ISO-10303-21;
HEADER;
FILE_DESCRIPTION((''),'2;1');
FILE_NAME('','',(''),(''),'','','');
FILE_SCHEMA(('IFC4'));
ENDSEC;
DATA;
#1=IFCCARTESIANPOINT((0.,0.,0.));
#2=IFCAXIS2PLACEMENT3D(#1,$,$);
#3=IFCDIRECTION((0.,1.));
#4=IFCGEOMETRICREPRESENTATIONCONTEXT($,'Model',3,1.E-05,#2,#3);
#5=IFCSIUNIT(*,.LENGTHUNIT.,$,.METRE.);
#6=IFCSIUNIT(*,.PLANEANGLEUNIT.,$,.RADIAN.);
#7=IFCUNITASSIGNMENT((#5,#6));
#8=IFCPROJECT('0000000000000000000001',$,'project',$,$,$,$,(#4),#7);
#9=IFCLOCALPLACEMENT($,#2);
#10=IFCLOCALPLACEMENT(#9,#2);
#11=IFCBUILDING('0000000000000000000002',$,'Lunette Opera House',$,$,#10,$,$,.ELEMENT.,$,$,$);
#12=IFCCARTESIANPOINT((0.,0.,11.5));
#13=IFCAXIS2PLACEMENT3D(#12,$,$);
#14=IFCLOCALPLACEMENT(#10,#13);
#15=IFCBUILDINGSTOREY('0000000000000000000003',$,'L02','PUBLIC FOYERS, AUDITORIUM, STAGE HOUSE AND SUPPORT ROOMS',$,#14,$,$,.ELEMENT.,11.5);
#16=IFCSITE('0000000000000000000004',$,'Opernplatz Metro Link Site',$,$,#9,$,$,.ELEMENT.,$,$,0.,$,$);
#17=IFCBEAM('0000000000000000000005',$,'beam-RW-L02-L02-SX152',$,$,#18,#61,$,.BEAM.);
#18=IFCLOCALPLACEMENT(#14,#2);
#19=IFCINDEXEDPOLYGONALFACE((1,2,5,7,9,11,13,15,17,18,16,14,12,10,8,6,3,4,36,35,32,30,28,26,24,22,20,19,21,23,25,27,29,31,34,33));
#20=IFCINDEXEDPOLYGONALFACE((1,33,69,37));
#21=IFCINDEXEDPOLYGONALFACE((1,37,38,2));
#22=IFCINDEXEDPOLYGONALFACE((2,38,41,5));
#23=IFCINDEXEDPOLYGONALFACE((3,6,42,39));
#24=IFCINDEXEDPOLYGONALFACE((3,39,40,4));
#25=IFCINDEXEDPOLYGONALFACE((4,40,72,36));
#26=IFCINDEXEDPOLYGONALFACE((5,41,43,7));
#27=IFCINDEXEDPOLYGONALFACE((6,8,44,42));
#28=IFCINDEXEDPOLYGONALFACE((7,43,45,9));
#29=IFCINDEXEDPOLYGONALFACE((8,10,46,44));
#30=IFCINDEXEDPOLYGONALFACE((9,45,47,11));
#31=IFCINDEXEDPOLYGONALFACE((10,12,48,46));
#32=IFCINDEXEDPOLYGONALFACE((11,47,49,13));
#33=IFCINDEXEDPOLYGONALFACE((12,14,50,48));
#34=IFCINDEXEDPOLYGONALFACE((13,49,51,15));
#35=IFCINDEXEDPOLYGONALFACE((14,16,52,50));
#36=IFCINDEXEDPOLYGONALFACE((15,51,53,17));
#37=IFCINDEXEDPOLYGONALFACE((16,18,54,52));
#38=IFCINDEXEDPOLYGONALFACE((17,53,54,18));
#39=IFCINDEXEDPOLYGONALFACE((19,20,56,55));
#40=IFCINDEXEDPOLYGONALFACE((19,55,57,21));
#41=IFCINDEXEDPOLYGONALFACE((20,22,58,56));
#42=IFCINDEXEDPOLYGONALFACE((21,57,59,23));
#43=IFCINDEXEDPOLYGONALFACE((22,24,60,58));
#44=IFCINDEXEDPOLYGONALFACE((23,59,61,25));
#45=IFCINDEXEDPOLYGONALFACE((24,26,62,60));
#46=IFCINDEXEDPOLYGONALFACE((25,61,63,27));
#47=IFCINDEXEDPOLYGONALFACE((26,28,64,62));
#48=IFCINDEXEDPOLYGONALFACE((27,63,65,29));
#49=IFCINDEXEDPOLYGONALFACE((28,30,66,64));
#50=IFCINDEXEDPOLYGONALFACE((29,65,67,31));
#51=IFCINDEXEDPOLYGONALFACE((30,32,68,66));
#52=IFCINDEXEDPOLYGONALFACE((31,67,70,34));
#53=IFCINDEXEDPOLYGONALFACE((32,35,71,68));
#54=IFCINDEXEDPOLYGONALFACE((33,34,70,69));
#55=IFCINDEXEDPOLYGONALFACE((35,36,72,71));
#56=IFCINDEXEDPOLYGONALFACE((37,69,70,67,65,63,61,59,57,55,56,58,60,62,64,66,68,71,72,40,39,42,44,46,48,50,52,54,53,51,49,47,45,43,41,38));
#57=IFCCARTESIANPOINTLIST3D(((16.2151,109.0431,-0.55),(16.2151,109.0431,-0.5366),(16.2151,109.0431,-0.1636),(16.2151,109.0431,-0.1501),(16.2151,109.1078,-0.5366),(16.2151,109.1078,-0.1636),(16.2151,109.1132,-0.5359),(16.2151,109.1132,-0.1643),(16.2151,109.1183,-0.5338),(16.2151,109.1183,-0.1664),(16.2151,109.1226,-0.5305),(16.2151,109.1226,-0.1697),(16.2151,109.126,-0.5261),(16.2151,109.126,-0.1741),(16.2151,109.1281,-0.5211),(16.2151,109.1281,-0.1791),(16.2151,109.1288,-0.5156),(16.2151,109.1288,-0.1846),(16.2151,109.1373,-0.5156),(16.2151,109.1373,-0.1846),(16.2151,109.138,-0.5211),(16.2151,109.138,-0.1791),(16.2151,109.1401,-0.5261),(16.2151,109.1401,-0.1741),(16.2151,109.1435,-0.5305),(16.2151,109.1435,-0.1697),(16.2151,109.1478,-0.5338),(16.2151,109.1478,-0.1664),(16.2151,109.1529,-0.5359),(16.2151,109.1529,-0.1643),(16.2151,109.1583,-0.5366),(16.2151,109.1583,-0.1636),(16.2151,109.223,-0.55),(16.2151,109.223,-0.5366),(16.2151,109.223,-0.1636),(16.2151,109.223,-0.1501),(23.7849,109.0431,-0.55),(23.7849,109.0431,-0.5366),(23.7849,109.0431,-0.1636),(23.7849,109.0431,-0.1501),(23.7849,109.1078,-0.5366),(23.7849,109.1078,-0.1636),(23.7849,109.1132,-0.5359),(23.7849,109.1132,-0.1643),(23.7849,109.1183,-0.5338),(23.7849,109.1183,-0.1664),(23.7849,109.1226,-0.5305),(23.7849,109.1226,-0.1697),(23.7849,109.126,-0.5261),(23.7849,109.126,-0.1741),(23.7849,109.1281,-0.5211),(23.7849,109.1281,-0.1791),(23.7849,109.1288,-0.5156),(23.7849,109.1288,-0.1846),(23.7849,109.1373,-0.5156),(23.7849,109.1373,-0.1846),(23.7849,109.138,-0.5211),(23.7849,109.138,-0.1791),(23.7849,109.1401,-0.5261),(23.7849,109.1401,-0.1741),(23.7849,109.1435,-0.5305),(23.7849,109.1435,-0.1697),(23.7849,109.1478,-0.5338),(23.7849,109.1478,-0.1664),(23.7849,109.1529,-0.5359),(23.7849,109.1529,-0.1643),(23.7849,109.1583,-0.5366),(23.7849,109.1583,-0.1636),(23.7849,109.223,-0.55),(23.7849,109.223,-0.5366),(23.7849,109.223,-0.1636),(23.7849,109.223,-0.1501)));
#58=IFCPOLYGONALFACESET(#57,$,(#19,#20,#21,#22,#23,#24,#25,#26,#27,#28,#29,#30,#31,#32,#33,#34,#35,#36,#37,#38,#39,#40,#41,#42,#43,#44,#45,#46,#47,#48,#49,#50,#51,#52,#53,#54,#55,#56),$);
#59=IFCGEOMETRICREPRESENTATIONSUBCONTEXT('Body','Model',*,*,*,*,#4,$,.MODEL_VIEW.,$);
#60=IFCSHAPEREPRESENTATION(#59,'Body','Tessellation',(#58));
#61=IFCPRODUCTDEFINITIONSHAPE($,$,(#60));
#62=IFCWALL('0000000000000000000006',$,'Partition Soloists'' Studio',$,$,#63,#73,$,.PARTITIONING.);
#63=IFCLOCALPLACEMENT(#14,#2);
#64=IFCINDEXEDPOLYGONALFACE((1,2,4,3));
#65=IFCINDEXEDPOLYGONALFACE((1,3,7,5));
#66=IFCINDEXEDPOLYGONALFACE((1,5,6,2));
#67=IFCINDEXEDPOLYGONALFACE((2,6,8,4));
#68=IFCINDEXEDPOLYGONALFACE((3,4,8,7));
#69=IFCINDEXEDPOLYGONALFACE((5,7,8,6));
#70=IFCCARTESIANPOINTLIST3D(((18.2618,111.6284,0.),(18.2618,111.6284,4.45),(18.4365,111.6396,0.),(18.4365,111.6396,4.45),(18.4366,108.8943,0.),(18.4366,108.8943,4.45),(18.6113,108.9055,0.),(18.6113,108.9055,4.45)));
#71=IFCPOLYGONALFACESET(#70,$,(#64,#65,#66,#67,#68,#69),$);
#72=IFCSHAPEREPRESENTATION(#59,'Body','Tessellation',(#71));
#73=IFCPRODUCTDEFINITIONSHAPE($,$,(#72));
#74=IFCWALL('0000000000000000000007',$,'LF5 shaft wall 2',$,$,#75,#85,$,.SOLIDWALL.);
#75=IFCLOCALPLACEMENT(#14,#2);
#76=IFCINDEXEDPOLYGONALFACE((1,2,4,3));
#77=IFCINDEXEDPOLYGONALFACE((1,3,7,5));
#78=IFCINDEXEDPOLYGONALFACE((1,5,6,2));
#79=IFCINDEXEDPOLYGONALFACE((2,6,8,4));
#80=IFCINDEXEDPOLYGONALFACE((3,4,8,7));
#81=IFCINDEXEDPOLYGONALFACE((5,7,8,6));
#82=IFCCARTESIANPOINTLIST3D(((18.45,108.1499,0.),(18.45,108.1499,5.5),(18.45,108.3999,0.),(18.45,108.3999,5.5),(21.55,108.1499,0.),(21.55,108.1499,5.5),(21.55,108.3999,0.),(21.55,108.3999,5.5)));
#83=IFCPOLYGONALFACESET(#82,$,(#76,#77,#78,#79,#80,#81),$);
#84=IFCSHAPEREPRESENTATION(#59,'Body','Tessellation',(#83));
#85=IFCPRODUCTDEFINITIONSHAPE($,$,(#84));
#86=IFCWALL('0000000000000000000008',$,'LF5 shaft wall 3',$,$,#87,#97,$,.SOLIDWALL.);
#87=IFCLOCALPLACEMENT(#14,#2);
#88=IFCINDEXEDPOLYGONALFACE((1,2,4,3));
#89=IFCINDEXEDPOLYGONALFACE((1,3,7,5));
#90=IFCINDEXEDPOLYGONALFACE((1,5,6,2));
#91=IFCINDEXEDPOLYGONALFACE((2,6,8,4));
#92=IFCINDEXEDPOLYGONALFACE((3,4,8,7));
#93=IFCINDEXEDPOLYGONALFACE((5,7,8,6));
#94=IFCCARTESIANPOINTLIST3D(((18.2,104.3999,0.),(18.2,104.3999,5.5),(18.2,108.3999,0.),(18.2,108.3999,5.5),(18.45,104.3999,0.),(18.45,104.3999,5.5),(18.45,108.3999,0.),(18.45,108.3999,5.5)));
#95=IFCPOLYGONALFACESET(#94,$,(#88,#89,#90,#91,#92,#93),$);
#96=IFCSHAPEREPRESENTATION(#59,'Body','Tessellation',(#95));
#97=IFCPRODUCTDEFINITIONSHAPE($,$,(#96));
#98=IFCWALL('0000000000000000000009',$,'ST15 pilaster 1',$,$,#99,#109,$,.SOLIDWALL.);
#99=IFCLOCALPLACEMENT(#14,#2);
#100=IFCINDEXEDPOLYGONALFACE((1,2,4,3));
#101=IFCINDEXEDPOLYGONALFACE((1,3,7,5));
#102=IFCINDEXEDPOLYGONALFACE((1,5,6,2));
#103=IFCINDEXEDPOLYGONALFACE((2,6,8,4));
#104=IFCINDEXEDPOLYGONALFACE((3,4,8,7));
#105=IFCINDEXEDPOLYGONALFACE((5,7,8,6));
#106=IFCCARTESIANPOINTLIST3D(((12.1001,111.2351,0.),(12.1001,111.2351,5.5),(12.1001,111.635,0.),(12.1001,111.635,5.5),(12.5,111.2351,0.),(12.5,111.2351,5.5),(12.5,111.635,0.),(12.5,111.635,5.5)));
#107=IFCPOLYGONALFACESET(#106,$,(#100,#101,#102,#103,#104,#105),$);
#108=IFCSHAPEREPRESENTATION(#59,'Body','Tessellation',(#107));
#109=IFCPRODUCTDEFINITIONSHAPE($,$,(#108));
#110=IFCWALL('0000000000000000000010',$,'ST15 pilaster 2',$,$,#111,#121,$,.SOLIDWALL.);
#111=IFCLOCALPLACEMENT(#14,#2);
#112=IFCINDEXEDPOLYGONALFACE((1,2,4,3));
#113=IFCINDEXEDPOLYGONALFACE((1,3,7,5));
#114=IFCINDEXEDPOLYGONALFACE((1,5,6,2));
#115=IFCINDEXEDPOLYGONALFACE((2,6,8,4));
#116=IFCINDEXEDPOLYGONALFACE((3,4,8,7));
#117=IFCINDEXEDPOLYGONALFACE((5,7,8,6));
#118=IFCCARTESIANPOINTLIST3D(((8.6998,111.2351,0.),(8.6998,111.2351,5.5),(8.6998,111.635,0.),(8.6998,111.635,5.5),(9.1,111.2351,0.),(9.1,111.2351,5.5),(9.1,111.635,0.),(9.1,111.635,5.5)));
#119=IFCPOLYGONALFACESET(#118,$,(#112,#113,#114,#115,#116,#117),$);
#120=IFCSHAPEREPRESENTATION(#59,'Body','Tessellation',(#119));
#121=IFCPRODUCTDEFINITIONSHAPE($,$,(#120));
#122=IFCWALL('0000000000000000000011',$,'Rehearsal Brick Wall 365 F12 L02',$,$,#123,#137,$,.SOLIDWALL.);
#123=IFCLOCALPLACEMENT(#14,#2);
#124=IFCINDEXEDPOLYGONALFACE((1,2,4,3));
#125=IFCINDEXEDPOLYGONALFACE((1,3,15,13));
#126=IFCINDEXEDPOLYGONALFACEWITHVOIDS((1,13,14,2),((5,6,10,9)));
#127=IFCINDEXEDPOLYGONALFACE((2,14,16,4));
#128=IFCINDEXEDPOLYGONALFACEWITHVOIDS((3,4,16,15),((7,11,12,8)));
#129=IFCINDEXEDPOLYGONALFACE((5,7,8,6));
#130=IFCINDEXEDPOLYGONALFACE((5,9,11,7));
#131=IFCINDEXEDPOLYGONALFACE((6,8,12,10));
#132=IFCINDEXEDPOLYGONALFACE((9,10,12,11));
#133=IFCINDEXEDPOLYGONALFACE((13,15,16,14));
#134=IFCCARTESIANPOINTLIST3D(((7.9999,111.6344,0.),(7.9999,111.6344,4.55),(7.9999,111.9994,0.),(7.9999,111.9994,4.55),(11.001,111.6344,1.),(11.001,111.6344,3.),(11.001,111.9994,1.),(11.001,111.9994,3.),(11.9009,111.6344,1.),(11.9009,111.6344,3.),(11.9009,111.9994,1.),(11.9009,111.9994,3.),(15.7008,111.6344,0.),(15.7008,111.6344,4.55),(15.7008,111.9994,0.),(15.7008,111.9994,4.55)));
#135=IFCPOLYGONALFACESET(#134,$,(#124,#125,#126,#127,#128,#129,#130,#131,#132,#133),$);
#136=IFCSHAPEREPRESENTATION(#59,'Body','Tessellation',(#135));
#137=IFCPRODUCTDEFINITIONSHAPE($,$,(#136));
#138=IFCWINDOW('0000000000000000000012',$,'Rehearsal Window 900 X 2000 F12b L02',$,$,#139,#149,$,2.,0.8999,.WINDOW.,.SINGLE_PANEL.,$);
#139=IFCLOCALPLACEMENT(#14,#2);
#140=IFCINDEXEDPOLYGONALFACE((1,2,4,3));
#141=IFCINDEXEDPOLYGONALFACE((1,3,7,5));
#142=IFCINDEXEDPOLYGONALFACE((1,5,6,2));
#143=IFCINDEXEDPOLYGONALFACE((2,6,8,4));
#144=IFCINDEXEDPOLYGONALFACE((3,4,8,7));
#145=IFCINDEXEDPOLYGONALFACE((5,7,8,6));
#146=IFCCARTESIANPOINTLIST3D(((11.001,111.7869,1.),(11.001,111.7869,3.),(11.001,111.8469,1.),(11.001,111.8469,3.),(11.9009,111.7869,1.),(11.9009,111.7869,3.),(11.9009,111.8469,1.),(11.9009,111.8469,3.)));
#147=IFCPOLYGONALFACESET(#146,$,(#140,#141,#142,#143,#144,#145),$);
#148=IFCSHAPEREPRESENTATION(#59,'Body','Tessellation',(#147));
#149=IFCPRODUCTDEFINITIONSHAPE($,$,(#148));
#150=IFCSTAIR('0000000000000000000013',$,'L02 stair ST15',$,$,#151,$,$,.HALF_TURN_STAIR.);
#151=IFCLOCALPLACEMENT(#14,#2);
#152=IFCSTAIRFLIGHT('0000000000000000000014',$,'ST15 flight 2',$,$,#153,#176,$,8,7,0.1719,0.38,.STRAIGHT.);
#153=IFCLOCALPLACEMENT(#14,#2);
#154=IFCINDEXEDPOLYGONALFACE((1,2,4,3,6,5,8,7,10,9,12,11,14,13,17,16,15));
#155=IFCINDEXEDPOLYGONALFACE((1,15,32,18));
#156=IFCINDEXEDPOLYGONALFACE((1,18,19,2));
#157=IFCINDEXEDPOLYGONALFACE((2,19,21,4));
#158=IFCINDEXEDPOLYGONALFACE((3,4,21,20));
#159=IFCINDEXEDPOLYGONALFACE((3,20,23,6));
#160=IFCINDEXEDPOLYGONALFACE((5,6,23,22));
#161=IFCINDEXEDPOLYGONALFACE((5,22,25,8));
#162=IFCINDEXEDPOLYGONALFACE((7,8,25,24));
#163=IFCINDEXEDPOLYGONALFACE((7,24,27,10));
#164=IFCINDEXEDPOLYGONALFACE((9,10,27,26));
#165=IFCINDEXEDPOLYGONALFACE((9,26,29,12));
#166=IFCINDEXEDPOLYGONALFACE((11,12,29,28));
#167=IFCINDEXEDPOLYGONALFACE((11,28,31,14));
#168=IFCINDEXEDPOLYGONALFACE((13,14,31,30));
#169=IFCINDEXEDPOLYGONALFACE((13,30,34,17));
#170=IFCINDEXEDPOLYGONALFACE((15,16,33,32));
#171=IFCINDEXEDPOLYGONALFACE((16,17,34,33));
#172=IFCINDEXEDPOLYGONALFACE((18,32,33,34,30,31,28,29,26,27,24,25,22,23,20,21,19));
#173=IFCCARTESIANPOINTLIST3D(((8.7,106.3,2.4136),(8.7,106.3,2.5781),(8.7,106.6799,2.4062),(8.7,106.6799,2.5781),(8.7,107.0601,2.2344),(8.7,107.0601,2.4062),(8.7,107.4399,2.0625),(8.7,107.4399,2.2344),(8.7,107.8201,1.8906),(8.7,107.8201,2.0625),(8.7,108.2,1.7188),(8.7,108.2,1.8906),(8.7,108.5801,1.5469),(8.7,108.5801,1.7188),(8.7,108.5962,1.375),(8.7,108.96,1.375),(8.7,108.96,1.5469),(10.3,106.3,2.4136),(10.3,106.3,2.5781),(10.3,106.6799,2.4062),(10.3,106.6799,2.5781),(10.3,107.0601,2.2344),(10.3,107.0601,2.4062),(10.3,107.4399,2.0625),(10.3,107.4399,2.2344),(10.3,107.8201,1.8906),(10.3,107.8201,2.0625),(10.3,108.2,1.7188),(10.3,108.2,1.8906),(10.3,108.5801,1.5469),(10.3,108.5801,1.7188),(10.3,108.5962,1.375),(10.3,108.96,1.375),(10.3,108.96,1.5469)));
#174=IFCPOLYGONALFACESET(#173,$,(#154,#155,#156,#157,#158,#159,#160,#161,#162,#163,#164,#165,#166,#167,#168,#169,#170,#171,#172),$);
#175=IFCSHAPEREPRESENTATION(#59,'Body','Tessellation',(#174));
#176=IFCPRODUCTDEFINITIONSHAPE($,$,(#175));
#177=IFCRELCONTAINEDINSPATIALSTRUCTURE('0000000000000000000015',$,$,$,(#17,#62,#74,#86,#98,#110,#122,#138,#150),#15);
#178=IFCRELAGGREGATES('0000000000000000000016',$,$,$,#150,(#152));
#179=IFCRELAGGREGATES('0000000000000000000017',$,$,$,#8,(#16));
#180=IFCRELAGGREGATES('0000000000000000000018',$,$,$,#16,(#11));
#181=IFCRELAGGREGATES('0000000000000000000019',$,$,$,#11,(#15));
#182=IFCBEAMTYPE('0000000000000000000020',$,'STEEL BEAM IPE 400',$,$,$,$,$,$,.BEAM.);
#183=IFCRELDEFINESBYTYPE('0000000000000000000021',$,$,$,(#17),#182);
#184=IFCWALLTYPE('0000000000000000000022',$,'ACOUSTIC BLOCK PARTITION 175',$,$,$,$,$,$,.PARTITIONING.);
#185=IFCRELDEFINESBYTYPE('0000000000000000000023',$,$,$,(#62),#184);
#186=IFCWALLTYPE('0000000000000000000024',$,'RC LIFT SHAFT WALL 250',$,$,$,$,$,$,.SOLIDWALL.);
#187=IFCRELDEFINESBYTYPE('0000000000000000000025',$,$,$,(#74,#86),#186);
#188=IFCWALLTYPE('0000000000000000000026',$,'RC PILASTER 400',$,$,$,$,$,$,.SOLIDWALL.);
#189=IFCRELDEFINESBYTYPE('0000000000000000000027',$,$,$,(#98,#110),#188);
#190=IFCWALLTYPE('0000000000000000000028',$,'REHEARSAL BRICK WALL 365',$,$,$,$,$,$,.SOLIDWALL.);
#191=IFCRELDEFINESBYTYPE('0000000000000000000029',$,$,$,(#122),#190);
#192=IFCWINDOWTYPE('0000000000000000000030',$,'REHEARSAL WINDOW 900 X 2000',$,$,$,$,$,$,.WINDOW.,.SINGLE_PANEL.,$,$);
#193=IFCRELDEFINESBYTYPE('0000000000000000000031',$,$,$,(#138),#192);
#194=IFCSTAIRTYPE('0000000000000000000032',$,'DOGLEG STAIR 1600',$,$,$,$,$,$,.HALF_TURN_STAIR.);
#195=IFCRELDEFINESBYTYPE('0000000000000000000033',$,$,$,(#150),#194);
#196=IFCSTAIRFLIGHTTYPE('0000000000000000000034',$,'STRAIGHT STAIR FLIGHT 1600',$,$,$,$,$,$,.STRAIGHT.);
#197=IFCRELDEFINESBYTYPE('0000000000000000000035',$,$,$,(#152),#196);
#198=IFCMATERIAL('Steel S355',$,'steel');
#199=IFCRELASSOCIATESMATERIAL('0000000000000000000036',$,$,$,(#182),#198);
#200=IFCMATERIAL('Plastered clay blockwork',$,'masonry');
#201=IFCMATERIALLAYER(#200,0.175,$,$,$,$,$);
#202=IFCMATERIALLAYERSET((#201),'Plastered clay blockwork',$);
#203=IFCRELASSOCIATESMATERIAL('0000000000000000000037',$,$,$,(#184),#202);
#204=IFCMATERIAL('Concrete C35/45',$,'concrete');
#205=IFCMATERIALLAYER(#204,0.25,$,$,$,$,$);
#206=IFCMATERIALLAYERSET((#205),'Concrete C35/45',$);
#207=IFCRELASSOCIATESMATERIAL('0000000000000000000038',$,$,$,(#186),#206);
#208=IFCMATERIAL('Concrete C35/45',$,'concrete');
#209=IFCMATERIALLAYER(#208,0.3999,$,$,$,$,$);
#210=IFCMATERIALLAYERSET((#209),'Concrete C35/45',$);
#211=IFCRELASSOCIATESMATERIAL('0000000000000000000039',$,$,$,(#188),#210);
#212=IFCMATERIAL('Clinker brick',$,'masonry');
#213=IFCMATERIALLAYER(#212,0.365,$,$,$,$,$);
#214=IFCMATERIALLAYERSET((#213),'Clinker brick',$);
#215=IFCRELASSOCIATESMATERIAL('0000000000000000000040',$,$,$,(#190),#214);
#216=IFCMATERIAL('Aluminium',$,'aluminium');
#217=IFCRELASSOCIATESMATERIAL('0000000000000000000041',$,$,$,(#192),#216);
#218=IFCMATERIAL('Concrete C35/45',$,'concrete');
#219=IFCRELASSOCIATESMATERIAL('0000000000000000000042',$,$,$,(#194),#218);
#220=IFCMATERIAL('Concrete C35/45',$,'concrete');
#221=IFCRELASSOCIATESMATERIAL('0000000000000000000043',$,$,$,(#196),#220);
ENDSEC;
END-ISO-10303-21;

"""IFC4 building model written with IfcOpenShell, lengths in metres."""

from ifc_helpers import new_model, si_unit, direction, frame, frame_2d, origin, origin_2d, place, context, subcontext, project, spatial, polyline, rectangle, i_section, outline, extrude, material, layer, layer_set, material_profile, profile_set, type_object, element, fill, aggregate, save


model = new_model("IFC4")

# Units and contexts
model_context = context("Model", 3, precision=1e-05, world=origin(), true_north=direction((0.0, 1.0)))
body_context = subcontext(model_context, "Body", "Model", "MODEL_VIEW")
ifc_project = project(units=[si_unit("LENGTHUNIT", "METRE"), si_unit("PLANEANGLEUNIT", "RADIAN")], contexts=[model_context])

# Site, building, storey
site_placement = place(None, origin())
site = spatial("IfcSite", under=ifc_project, at=site_placement, Name="Opernplatz Metro Link Site", CompositionType="ELEMENT", RefElevation=0.0)
building_placement = place(site_placement, origin())
building = spatial("IfcBuilding", under=site, at=building_placement, Name="Lunette Opera House", CompositionType="ELEMENT")
storey_placement = place(building_placement, frame((0.0, 0.0, 11.5)))
storey = spatial("IfcBuildingStorey", under=building, at=storey_placement, Name="L02", Description="PUBLIC FOYERS, AUDITORIUM, STAGE HOUSE AND SUPPORT ROOMS", CompositionType="ELEMENT", Elevation=11.5)

# Beam
ifc_material_1 = material(Name="Steel S355", Category="steel")
ifc_material_profile_1 = material_profile(ifc_material_1, i_section(OverallWidth=0.1799, OverallDepth=0.3999, WebThickness=0.0085, FlangeThickness=0.0134, FilletRadius=0.021, at=origin_2d()), Name="IPE 400")
ifc_profile_set_1 = profile_set([ifc_material_profile_1], Name="Steel S355")
beam_type_1 = type_object("IfcBeamType", Name="STEEL BEAM IPE 400", PredefinedType="BEAM", material=ifc_profile_set_1)
beam_1_placement = place(storey_placement, frame((16.2151, 109.1331, -0.3501), z_axis=(1.0, 0.0, 0.0), x_axis=(0.0, 1.0, 0.0)))
element("IfcBeam", 1, at=beam_1_placement, inside=storey, type_object=beam_type_1, Name="beam-RW-L02-L02-SX152", PredefinedType="BEAM", context=body_context, shape_type="SweptSolid", body=[
    extrude(i_section(OverallWidth=0.1799, OverallDepth=0.3999, WebThickness=0.0085, FlangeThickness=0.0134, FilletRadius=0.021, at=origin_2d()), origin(), (0.0, 0.0, 1.0), 7.5698),
])

# Walls
ifc_material_2 = material(Name="Plastered clay blockwork", Category="masonry")
ifc_layer_1 = layer(ifc_material_2, 0.175)
ifc_layer_set_1 = layer_set([ifc_layer_1], Name="Plastered clay blockwork")
wall_type_1 = type_object("IfcWallType", Name="ACOUSTIC BLOCK PARTITION 175", PredefinedType="PARTITIONING", material=ifc_layer_set_1)
wall_1_placement = place(storey_placement, frame((18.3491, 111.634, 0.0), z_axis=(0.0, 0.0, 1.0), x_axis=(0.063804, -0.997962, 0.0)))
element("IfcWall", 2, at=wall_1_placement, inside=storey, type_object=wall_type_1, Name="Partition Soloists' Studio", PredefinedType="PARTITIONING", context=body_context, shape_type="SweptSolid", body=[
    extrude(rectangle(XDim=2.7397, YDim=0.175, at=frame_2d((1.3699, 0.0))), origin(), (0.0, 0.0, 1.0), 4.45),
])
ifc_material_3 = material(Name="Concrete C35/45", Category="concrete")
ifc_layer_2 = layer(ifc_material_3, 0.25)
ifc_layer_set_2 = layer_set([ifc_layer_2], Name="Concrete C35/45")
wall_type_2 = type_object("IfcWallType", Name="RC LIFT SHAFT WALL 250", PredefinedType="SOLIDWALL", material=ifc_layer_set_2)
wall_2_placement = place(storey_placement, frame((21.55, 108.2749, 0.0), z_axis=(0.0, 0.0, 1.0), x_axis=(-1.0, 0.0, 0.0)))
element("IfcWall", 3, at=wall_2_placement, inside=storey, type_object=wall_type_2, Name="LF5 shaft wall 2", PredefinedType="SOLIDWALL", context=body_context, shape_type="SweptSolid", body=[
    extrude(rectangle(XDim=3.1001, YDim=0.25, at=frame_2d((1.55, 0.0))), origin(), (0.0, 0.0, 1.0), 5.5),
])
wall_3_placement = place(storey_placement, frame((18.325, 108.3999, 0.0), z_axis=(0.0, 0.0, 1.0), x_axis=(0.0, -1.0, 0.0)))
element("IfcWall", 4, at=wall_3_placement, inside=storey, type_object=wall_type_2, Name="LF5 shaft wall 3", PredefinedType="SOLIDWALL", context=body_context, shape_type="SweptSolid", body=[
    extrude(rectangle(XDim=4.0, YDim=0.25, at=frame_2d((2.0, 0.0))), origin(), (0.0, 0.0, 1.0), 5.5),
])
ifc_material_4 = material(Name="Concrete C35/45", Category="concrete")
ifc_layer_3 = layer(ifc_material_4, 0.3999)
ifc_layer_set_3 = layer_set([ifc_layer_3], Name="Concrete C35/45")
wall_type_3 = type_object("IfcWallType", Name="RC PILASTER 400", PredefinedType="SOLIDWALL", material=ifc_layer_set_3)
wall_4_placement = place(storey_placement, frame((12.5, 111.4351, 0.0), z_axis=(0.0, 0.0, 1.0), x_axis=(-1.0, 0.0, 0.0)))
element("IfcWall", 5, at=wall_4_placement, inside=storey, type_object=wall_type_3, Name="ST15 pilaster 1", PredefinedType="SOLIDWALL", context=body_context, shape_type="SweptSolid", body=[
    extrude(rectangle(XDim=0.3999, YDim=0.3999, at=frame_2d((0.2, 0.0))), origin(), (0.0, 0.0, 1.0), 5.5),
])
wall_5_placement = place(storey_placement, frame((9.1001, 111.4351, 0.0), z_axis=(0.0, 0.0, 1.0), x_axis=(-1.0, 0.0, 0.0)))
element("IfcWall", 6, at=wall_5_placement, inside=storey, type_object=wall_type_3, Name="ST15 pilaster 2", PredefinedType="SOLIDWALL", context=body_context, shape_type="SweptSolid", body=[
    extrude(rectangle(XDim=0.4001, YDim=0.3999, at=frame_2d((0.2002, 0.0))), origin(), (0.0, 0.0, 1.0), 5.5),
])

# Wall, opening, window
ifc_material_5 = material(Name="Clinker brick", Category="masonry")
ifc_layer_4 = layer(ifc_material_5, 0.365)
ifc_layer_set_4 = layer_set([ifc_layer_4], Name="Clinker brick")
wall_type_4 = type_object("IfcWallType", Name="REHEARSAL BRICK WALL 365", PredefinedType="SOLIDWALL", material=ifc_layer_set_4)
wall_6_placement = place(storey_placement, frame((15.7009, 111.8169, 0.0), z_axis=(0.0, 0.0, 1.0), x_axis=(-1.0, 0.0, 0.0)))
wall_6 = element("IfcWall", 7, at=wall_6_placement, inside=storey, type_object=wall_type_4, Name="Rehearsal Brick Wall 365 F12 L02", PredefinedType="SOLIDWALL", context=body_context, shape_type="SweptSolid", body=[
    extrude(rectangle(XDim=7.7009, YDim=0.365, at=frame_2d((3.8506, 0.0))), origin(), (0.0, 0.0, 1.0), 4.55),
])
opening_placement = place(wall_6_placement, frame((3.8, 0.0, 1.0)))
opening = element("IfcOpeningElement", 8, at=opening_placement, cuts=wall_6, PredefinedType="OPENING", context=body_context, shape_type="SweptSolid", body=[
    extrude(rectangle(XDim=0.8999, YDim=2.0, at=frame_2d((0.45, 1.0))), frame((0.0, 0.1946, 0.0), z_axis=(0.0, -1.0, 0.0), x_axis=(1.0, 0.0, 0.0)), (0.0, 0.0, 1.0), 0.3889),
])
ifc_material_6 = material(Name="Aluminium", Category="aluminium")
window_type = type_object("IfcWindowType", Name="REHEARSAL WINDOW 900 X 2000", PartitioningType="SINGLE_PANEL", PredefinedType="WINDOW", material=ifc_material_6)
window_placement = place(opening_placement, origin())
window = element("IfcWindow", 9, at=window_placement, inside=storey, type_object=window_type, Name="Rehearsal Window 900 X 2000 F12b L02", OverallHeight=2.0, OverallWidth=0.8999, PartitioningType="SINGLE_PANEL", PredefinedType="WINDOW", context=body_context, shape_type="SweptSolid", body=[
    extrude(rectangle(XDim=0.8999, YDim=2.0, at=frame_2d((0.45, 1.0))), frame((0.0, 0.03, 0.0), z_axis=(0.0, -1.0, 0.0), x_axis=(1.0, 0.0, 0.0)), (0.0, 0.0, 1.0), 0.0601),
])
fill(opening, window)

# Stair, stair flight
ifc_material_7 = material(Name="Concrete C35/45", Category="concrete")
stair_type = type_object("IfcStairType", Name="DOGLEG STAIR 1600", PredefinedType="HALF_TURN_STAIR", material=ifc_material_7)
stair_placement = place(storey_placement, origin())
stair = element("IfcStair", 10, at=stair_placement, inside=storey, type_object=stair_type, Name="L02 stair ST15", PredefinedType="HALF_TURN_STAIR")
ifc_material_8 = material(Name="Concrete C35/45", Category="concrete")
stair_flight_type = type_object("IfcStairFlightType", Name="STRAIGHT STAIR FLIGHT 1600", PredefinedType="STRAIGHT", material=ifc_material_8)
stair_flight_1_placement = place(storey_placement, frame((9.5, 108.96, 1.375), z_axis=(0.0, 0.0, 1.0), x_axis=(0.0, -1.0, 0.0)))
stair_flight_1 = element("IfcStairFlight", 11, at=stair_flight_1_placement, type_object=stair_flight_type, Name="ST15 flight 2", NumberOfRisers=8, NumberOfTreads=7, PredefinedType="STRAIGHT", RiserHeight=0.1719, TreadLength=0.38, context=body_context, shape_type="SweptSolid", body=[
    extrude(outline(polyline([(0.0, 0.0), (0.0, 0.1719), (0.3799, 0.1719), (0.3799, 0.3438), (0.76, 0.3438), (0.76, 0.5156), (1.1399, 0.5156), (1.1399, 0.6875), (1.52, 0.6875), (1.52, 0.8594), (1.8999, 0.8594), (1.8999, 1.0312), (2.28, 1.0312), (2.28, 1.2031), (2.6599, 1.2031), (2.6599, 1.375), (2.6599, 1.0386), (0.3638, 0.0), (0.0, 0.0)])), frame((0.0, 0.8, 0.0), z_axis=(0.0, -1.0, 0.0), x_axis=(1.0, 0.0, 0.0)), (0.0, 0.0, 1.0), 1.6001),
])
aggregate(stair, [stair_flight_1])

save(model, "model.ifc")
